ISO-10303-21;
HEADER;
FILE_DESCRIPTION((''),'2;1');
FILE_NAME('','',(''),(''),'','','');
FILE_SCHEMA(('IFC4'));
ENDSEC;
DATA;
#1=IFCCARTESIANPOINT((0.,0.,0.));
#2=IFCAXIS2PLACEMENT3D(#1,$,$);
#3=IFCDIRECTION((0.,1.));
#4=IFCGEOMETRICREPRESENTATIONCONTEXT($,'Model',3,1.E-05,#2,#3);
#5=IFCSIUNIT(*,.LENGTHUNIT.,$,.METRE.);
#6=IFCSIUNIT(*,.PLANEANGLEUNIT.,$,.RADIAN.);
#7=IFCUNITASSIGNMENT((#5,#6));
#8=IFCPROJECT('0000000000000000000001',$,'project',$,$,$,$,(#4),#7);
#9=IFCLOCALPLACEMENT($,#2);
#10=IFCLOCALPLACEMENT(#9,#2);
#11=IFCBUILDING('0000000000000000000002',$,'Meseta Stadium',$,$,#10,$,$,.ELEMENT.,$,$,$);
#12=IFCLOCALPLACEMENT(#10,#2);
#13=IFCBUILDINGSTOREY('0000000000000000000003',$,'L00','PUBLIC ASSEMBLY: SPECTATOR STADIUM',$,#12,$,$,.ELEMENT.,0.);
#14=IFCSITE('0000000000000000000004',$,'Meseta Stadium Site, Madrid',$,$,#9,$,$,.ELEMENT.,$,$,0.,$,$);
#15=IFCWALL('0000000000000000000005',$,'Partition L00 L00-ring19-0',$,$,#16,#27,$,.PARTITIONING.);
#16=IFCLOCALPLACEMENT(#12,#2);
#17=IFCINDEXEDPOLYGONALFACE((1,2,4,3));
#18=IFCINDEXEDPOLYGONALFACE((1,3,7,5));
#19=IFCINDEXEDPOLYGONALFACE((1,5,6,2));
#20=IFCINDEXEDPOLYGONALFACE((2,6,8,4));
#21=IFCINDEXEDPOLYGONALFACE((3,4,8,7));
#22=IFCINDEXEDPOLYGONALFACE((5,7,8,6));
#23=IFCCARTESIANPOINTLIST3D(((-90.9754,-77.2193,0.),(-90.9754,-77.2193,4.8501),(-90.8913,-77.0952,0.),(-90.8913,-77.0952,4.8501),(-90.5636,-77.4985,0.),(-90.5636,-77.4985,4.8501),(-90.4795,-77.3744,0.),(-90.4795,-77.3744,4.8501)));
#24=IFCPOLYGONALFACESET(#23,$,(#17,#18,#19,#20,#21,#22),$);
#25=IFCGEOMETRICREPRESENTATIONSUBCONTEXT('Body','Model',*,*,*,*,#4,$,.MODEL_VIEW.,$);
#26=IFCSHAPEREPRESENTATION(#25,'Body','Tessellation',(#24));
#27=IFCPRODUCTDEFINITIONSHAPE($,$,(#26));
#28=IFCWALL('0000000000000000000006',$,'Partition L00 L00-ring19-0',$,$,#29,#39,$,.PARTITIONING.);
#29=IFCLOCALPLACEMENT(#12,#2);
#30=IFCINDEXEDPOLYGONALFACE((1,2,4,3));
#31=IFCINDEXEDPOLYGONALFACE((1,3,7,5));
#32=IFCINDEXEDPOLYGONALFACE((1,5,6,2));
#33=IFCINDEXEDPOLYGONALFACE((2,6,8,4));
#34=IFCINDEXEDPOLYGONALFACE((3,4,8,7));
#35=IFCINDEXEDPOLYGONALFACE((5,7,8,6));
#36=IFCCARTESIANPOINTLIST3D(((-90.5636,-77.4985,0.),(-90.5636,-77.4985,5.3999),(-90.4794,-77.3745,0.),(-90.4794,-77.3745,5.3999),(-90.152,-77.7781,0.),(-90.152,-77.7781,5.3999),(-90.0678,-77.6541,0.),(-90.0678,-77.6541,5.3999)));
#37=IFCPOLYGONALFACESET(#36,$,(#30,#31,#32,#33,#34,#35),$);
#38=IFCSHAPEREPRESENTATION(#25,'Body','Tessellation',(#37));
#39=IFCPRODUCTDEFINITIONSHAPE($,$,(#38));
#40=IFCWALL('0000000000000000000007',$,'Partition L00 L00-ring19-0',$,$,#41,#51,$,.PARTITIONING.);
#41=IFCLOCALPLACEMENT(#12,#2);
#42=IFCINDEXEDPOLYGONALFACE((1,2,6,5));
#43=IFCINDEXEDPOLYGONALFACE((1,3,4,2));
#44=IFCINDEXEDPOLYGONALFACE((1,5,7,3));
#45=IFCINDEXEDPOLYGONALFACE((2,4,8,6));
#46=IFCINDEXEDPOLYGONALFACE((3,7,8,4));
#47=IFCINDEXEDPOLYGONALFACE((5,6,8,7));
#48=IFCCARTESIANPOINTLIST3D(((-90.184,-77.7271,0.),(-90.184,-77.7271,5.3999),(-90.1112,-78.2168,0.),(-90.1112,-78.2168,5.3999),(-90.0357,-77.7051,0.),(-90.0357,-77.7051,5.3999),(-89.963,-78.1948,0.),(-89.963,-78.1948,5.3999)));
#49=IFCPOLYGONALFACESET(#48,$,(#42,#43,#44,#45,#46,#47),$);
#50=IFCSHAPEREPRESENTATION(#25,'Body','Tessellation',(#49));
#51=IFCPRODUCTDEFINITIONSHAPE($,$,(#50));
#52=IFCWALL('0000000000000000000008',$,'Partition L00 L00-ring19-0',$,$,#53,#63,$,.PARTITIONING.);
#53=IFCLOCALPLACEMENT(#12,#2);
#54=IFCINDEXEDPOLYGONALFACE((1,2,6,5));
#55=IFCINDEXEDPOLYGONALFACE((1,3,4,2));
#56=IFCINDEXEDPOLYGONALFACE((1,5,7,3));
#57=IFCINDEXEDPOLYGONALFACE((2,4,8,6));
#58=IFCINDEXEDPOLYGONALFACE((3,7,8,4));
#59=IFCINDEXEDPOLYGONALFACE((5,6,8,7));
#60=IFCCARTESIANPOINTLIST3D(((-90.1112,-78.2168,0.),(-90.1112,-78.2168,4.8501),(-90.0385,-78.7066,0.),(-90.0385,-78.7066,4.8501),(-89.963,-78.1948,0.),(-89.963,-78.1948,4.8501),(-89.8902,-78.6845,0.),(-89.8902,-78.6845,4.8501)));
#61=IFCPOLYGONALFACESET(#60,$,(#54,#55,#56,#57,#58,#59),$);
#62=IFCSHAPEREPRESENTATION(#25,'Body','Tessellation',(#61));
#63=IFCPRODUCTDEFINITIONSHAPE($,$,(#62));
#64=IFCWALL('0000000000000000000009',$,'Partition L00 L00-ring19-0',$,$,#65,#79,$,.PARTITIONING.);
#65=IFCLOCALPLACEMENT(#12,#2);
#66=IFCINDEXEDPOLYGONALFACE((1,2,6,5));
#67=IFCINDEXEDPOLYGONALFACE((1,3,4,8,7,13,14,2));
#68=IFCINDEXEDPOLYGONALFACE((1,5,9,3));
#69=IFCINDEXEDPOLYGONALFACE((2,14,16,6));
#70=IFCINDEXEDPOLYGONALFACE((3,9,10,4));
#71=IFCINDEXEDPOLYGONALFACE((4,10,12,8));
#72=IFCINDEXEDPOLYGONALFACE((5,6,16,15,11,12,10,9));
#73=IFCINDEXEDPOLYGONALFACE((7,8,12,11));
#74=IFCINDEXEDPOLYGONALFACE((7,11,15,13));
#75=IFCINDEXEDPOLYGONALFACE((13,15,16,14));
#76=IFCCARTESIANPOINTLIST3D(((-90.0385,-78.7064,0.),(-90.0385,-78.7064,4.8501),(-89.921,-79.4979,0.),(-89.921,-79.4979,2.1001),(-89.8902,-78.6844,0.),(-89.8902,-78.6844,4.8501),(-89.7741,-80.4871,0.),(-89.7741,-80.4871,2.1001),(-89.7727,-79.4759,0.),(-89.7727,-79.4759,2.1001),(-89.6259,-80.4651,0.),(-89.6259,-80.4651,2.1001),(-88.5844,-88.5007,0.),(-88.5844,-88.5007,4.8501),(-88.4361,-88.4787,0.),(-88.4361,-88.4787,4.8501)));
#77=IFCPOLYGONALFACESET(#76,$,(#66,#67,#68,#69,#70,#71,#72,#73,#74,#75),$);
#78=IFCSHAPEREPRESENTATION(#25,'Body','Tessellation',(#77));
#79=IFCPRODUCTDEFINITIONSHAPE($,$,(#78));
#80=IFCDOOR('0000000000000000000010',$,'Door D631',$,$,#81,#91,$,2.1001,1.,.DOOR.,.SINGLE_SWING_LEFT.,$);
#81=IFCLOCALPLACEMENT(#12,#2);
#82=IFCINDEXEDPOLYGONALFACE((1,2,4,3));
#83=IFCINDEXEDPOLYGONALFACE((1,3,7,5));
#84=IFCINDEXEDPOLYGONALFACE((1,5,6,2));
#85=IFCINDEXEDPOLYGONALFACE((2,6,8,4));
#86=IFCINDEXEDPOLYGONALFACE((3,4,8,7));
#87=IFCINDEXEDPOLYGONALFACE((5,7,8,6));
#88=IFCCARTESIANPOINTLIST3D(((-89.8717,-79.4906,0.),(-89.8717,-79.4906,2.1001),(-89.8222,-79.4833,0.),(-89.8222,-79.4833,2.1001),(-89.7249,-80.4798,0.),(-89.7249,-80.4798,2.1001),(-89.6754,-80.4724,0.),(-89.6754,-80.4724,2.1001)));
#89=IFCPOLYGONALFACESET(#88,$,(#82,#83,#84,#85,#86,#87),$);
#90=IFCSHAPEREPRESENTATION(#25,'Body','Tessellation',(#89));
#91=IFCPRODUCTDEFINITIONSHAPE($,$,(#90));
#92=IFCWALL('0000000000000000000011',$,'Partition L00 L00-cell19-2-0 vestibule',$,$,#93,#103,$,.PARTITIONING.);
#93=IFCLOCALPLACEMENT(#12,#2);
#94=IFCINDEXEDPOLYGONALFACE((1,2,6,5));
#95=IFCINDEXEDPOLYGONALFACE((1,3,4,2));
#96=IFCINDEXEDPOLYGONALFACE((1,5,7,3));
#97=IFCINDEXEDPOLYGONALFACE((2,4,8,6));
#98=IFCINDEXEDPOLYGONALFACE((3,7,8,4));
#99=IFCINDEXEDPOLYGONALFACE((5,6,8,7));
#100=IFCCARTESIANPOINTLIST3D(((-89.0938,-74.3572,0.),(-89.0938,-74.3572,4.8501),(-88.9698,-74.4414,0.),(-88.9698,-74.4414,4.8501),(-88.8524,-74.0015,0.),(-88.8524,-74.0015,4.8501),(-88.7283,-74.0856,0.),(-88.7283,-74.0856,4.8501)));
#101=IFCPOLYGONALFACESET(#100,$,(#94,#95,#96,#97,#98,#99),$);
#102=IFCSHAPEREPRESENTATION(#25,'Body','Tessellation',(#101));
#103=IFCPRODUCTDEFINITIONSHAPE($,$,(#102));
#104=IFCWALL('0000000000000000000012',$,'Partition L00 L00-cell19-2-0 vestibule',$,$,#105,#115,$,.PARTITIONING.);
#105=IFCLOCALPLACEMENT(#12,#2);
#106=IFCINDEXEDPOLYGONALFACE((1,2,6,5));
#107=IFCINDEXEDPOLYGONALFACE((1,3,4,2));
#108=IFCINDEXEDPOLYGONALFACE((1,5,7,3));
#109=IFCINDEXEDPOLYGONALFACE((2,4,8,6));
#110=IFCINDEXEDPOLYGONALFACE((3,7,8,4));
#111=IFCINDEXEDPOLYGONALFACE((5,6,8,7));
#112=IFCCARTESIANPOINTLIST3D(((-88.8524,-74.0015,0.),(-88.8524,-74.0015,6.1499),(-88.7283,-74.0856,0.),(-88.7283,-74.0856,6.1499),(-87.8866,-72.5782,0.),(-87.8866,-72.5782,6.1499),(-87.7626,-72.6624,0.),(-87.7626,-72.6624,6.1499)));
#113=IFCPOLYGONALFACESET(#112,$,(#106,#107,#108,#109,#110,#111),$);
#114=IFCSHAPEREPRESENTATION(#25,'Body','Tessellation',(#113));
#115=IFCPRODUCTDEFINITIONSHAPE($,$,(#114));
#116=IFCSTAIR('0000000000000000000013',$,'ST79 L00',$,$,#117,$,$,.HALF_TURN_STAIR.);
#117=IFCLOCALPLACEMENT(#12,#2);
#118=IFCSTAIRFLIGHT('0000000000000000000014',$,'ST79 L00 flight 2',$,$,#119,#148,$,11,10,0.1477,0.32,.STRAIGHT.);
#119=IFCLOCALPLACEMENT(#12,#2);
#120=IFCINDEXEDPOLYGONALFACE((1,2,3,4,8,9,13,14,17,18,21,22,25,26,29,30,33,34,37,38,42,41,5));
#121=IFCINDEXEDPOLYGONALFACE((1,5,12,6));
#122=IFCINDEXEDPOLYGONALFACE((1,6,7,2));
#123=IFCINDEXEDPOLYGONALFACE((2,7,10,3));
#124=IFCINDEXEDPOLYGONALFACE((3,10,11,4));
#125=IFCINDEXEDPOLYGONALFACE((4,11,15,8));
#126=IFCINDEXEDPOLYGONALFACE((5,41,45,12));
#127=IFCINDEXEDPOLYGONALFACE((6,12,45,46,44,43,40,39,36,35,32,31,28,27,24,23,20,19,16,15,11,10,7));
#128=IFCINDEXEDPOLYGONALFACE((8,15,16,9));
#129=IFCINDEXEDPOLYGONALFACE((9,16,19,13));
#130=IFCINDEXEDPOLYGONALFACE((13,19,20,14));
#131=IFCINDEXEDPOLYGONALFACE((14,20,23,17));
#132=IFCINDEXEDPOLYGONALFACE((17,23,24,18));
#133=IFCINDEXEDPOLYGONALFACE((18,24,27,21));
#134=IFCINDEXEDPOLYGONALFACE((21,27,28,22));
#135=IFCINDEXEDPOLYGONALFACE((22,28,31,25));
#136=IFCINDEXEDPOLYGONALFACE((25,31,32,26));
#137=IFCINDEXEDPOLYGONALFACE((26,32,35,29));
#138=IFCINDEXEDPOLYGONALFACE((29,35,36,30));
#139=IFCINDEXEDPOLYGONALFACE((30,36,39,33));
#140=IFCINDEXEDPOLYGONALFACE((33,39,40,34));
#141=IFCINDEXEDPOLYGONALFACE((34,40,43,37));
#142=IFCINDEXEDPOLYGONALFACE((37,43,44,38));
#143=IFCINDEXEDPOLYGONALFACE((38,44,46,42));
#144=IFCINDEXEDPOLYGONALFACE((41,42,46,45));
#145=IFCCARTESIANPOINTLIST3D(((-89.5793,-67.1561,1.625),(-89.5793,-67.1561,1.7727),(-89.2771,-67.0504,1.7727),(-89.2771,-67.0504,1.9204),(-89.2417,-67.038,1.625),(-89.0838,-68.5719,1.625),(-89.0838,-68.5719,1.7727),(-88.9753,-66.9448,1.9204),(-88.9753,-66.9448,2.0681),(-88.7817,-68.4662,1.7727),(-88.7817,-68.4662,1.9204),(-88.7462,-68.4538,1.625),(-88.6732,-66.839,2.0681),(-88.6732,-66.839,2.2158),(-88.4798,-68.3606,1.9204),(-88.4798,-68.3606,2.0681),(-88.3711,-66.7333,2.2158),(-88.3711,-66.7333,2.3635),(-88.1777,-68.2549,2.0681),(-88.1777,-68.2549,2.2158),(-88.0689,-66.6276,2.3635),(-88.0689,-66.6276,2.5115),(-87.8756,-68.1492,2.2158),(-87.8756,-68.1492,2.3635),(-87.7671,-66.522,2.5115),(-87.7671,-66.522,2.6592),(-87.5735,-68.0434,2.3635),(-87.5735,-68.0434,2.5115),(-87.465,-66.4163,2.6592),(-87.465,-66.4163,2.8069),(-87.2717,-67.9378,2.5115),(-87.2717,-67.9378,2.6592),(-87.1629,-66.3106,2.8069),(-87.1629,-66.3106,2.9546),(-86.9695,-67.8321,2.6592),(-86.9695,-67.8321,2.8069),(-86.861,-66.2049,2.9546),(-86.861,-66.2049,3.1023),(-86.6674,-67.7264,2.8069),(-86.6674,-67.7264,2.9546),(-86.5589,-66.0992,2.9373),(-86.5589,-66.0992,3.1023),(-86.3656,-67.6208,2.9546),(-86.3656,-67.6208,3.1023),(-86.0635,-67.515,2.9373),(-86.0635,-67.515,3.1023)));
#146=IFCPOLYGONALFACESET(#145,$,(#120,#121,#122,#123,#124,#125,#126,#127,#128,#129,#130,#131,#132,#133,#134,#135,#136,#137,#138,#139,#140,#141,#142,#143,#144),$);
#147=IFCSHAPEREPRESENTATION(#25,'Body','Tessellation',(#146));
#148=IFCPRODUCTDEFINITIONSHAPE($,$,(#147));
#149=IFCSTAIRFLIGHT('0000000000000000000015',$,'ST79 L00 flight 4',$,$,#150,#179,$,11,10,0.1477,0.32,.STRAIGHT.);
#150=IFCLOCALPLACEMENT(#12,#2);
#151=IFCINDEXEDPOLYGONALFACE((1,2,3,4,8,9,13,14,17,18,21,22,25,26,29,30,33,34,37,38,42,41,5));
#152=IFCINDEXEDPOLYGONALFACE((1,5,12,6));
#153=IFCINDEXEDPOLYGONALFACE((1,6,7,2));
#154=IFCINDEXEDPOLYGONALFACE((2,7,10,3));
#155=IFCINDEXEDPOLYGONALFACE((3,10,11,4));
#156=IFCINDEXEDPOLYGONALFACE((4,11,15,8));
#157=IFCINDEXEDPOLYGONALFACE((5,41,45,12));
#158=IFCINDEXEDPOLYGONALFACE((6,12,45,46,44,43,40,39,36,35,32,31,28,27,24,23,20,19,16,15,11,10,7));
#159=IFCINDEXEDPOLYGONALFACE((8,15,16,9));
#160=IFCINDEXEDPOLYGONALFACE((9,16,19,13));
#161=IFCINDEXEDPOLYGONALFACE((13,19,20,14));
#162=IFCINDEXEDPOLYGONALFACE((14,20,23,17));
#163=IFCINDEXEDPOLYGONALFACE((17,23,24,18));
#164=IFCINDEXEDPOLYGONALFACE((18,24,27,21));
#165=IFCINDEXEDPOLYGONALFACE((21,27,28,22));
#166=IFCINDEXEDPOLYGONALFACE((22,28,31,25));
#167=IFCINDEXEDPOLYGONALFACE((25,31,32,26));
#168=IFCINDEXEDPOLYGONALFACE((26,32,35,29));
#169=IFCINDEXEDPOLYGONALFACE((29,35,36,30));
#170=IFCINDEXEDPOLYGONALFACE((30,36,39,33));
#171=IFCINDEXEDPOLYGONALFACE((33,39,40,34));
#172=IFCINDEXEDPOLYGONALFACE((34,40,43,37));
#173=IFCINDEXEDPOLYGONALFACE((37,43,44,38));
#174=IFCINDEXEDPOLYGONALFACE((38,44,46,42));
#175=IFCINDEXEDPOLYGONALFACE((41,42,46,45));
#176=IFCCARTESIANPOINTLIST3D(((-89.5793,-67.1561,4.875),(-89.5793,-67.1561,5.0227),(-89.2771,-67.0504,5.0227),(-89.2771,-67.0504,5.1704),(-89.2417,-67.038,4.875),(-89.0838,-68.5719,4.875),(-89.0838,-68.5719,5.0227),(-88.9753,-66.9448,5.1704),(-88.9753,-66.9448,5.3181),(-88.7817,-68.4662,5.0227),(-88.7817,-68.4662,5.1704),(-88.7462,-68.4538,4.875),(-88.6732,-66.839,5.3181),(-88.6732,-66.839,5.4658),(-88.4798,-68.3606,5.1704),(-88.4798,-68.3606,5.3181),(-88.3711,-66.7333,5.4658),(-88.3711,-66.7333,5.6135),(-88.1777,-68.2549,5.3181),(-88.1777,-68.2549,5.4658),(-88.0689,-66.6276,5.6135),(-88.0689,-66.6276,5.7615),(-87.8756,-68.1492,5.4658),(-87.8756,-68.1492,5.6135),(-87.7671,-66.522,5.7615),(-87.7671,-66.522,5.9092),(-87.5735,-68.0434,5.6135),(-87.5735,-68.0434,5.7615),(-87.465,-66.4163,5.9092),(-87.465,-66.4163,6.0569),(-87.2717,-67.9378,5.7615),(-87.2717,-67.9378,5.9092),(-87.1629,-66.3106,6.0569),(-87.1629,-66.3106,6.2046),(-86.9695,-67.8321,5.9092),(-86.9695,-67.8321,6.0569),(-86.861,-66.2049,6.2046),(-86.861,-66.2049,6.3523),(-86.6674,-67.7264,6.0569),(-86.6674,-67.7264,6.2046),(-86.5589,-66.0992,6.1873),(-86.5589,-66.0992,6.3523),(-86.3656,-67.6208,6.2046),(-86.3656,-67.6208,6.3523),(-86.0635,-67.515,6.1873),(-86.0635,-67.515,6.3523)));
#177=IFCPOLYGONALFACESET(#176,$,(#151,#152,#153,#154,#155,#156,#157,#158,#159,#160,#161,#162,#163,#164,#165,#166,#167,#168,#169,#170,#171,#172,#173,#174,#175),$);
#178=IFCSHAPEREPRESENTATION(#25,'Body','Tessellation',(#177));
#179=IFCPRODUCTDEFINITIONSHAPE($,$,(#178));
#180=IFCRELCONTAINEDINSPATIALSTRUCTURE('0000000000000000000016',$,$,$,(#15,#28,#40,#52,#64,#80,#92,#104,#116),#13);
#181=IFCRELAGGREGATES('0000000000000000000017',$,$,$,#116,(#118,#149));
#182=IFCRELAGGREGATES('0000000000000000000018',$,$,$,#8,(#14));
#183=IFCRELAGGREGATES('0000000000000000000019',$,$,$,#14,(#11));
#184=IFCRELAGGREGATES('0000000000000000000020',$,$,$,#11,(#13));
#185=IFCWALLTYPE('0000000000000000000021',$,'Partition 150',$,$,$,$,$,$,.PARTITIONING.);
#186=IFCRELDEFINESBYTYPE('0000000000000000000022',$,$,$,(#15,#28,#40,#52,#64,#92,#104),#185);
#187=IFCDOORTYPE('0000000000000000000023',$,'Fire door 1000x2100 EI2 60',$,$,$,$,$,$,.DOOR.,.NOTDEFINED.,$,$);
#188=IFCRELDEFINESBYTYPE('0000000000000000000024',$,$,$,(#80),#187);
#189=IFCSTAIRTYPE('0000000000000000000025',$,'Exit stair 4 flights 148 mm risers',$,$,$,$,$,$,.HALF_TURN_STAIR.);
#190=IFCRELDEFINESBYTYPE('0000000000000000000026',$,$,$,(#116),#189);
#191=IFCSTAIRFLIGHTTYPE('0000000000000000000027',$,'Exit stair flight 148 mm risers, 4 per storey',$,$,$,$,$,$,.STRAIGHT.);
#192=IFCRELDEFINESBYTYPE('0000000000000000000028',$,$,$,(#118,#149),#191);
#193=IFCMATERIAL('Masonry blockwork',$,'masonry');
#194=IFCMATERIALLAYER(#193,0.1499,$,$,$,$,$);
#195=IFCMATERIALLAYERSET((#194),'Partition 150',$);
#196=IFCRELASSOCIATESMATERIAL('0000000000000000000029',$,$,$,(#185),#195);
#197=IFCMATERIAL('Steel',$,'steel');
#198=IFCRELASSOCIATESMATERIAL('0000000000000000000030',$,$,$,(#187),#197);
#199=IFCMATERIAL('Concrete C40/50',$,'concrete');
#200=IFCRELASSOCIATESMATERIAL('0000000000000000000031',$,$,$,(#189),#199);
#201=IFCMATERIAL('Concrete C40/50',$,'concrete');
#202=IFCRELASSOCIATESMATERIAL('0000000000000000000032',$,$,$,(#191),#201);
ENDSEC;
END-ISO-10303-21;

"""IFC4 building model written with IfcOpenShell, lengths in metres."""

from ifc_helpers import new_model, si_unit, direction, frame, frame_2d, origin, place, context, subcontext, project, spatial, polyline, rectangle, outline, extrude, material, layer, layer_set, type_object, element, fill, aggregate, save


model = new_model("IFC4")

# Units and contexts
model_context = context("Model", 3, precision=1e-05, world=origin(), true_north=direction((0.0, 1.0)))
body_context = subcontext(model_context, "Body", "Model", "MODEL_VIEW")
ifc_project = project(units=[si_unit("LENGTHUNIT", "METRE"), si_unit("PLANEANGLEUNIT", "RADIAN")], contexts=[model_context])

# Site, building, storey
site_placement = place(None, origin())
site = spatial("IfcSite", under=ifc_project, at=site_placement, Name="Meseta Stadium Site, Madrid", CompositionType="ELEMENT", RefElevation=0.0)
building_placement = place(site_placement, origin())
building = spatial("IfcBuilding", under=site, at=building_placement, Name="Meseta Stadium", CompositionType="ELEMENT")
storey_placement = place(building_placement, origin())
storey = spatial("IfcBuildingStorey", under=building, at=storey_placement, Name="L00", Description="PUBLIC ASSEMBLY: SPECTATOR STADIUM", CompositionType="ELEMENT", Elevation=0.0)

# Walls
ifc_material_1 = material(Name="Masonry blockwork", Category="masonry")
ifc_layer_1 = layer(ifc_material_1, 0.1499)
ifc_layer_set_1 = layer_set([ifc_layer_1], Name="Partition 150")
wall_type_1 = type_object("IfcWallType", Name="Partition 150", PredefinedType="PARTITIONING", material=ifc_layer_set_1)
wall_1_placement = place(storey_placement, frame((-90.9333, -77.1572, 0.0), z_axis=(0.0, 0.0, 1.0), x_axis=(0.827647, -0.561249, 0.0)))
element("IfcWall", 1, at=wall_1_placement, inside=storey, type_object=wall_type_1, Name="Partition L00 L00-ring19-0", PredefinedType="PARTITIONING", context=body_context, shape_type="SweptSolid", body=[
    extrude(rectangle(XDim=0.4976, YDim=0.1499, at=frame_2d((0.2488, 0.0))), origin(), (0.0, 0.0, 1.0), 4.8501),
])
wall_2_placement = place(storey_placement, frame((-90.5215, -77.4365, 0.0), z_axis=(0.0, 0.0, 1.0), x_axis=(0.827264, -0.561813, 0.0)))
element("IfcWall", 2, at=wall_2_placement, inside=storey, type_object=wall_type_1, Name="Partition L00 L00-ring19-0", PredefinedType="PARTITIONING", context=body_context, shape_type="SweptSolid", body=[
    extrude(rectangle(XDim=0.4976, YDim=0.1499, at=frame_2d((0.2488, 0.0))), origin(), (0.0, 0.0, 1.0), 5.3999),
])
wall_3_placement = place(storey_placement, frame((-90.1099, -77.7161, 0.0), z_axis=(0.0, 0.0, 1.0), x_axis=(0.146942, -0.989145, 0.0)))
element("IfcWall", 3, at=wall_3_placement, inside=storey, type_object=wall_type_1, Name="Partition L00 L00-ring19-0", PredefinedType="PARTITIONING", context=body_context, shape_type="SweptSolid", body=[
    extrude(rectangle(XDim=0.4951, YDim=0.1499, at=frame_2d((0.2476, 0.0))), origin(), (0.0, 0.0, 1.0), 5.3999),
])
wall_4_placement = place(storey_placement, frame((-90.0371, -78.2058, 0.0), z_axis=(0.0, 0.0, 1.0), x_axis=(0.146942, -0.989145, 0.0)))
element("IfcWall", 4, at=wall_4_placement, inside=storey, type_object=wall_type_1, Name="Partition L00 L00-ring19-0", PredefinedType="PARTITIONING", context=body_context, shape_type="SweptSolid", body=[
    extrude(rectangle(XDim=0.4951, YDim=0.1499, at=frame_2d((0.2476, 0.0))), origin(), (0.0, 0.0, 1.0), 4.8501),
])

# Wall, opening, door
wall_5_placement = place(storey_placement, frame((-89.9644, -78.6956, 0.0), z_axis=(0.0, 0.0, 1.0), x_axis=(0.146856, -0.989158, 0.0)))
wall_5 = element("IfcWall", 5, at=wall_5_placement, inside=storey, type_object=wall_type_1, Name="Partition L00 L00-ring19-0", PredefinedType="PARTITIONING", context=body_context, shape_type="SweptSolid", body=[
    extrude(rectangle(XDim=9.9016, YDim=0.1499, at=frame_2d((4.9507, 0.0))), origin(), (0.0, 0.0, 1.0), 4.8501),
])
opening_placement = place(wall_5_placement, frame((0.8, 0.0, 0.0)))
opening = element("IfcOpeningElement", 6, at=opening_placement, cuts=wall_5, PredefinedType="OPENING", context=body_context, shape_type="SweptSolid", body=[
    extrude(rectangle(XDim=1.0, YDim=2.1001, at=frame_2d((0.5, 1.05))), frame((0.0, 0.085, 0.0), z_axis=(0.0, -1.0, 0.0), x_axis=(1.0, 0.0, 0.0)), (0.0, 0.0, 1.0), 0.1699),
])
ifc_material_2 = material(Name="Steel", Category="steel")
door_type = type_object("IfcDoorType", Name="Fire door 1000x2100 EI2 60", OperationType="NOTDEFINED", PredefinedType="DOOR", material=ifc_material_2)
door_placement = place(opening_placement, origin())
door = element("IfcDoor", 7, at=door_placement, inside=storey, type_object=door_type, Name="Door D631", OperationType="SINGLE_SWING_LEFT", OverallHeight=2.1001, OverallWidth=1.0, PredefinedType="DOOR", context=body_context, shape_type="SweptSolid", body=[
    extrude(rectangle(XDim=1.0, YDim=2.1001, at=frame_2d((0.5, 1.05))), frame((0.0, 0.0249, 0.0), z_axis=(0.0, -1.0, 0.0), x_axis=(1.0, 0.0, 0.0)), (0.0, 0.0, 1.0), 0.05),
])
fill(opening, door)

# Walls
wall_6_placement = place(storey_placement, frame((-89.0317, -74.3992, 0.0), z_axis=(0.0, 0.0, 1.0), x_axis=(0.561626, 0.827391, 0.0)))
element("IfcWall", 8, at=wall_6_placement, inside=storey, type_object=wall_type_1, Name="Partition L00 L00-cell19-2-0 vestibule", PredefinedType="PARTITIONING", context=body_context, shape_type="SweptSolid", body=[
    extrude(rectangle(XDim=0.4299, YDim=0.1499, at=frame_2d((0.2148, 0.0))), origin(), (0.0, 0.0, 1.0), 4.8501),
])
wall_7_placement = place(storey_placement, frame((-88.7903, -74.0435, 0.0), z_axis=(0.0, 0.0, 1.0), x_axis=(0.561494, 0.82748, 0.0)))
element("IfcWall", 9, at=wall_7_placement, inside=storey, type_object=wall_type_1, Name="Partition L00 L00-cell19-2-0 vestibule", PredefinedType="PARTITIONING", context=body_context, shape_type="SweptSolid", body=[
    extrude(rectangle(XDim=1.72, YDim=0.1499, at=frame_2d((0.8599, 0.0))), origin(), (0.0, 0.0, 1.0), 6.1499),
])

# Stair, stair flights
ifc_material_3 = material(Name="Concrete C40/50", Category="concrete")
stair_type = type_object("IfcStairType", Name="Exit stair 4 flights 148 mm risers", PredefinedType="HALF_TURN_STAIR", material=ifc_material_3)
stair_placement = place(storey_placement, origin())
stair = element("IfcStair", 10, at=stair_placement, inside=storey, type_object=stair_type, Name="ST79 L00", PredefinedType="HALF_TURN_STAIR")
ifc_material_4 = material(Name="Concrete C40/50", Category="concrete")
stair_flight_type = type_object("IfcStairFlightType", Name="Exit stair flight 148 mm risers, 4 per storey", PredefinedType="STRAIGHT", material=ifc_material_4)
stair_flight_1_placement = place(storey_placement, frame((-89.3315, -67.864, 1.625), z_axis=(0.0, 0.0, 1.0), x_axis=(0.943883, 0.330279, 0.0)))
stair_flight_1 = element("IfcStairFlight", 11, at=stair_flight_1_placement, type_object=stair_flight_type, Name="ST79 L00 flight 2", NumberOfRisers=11, NumberOfTreads=10, PredefinedType="STRAIGHT", RiserHeight=0.1477, TreadLength=0.32, context=body_context, shape_type="SweptSolid", body=[
    extrude(outline(polyline([(0.0, 0.0), (0.0, 0.1477), (0.3201, 0.1477), (0.3201, 0.2954), (0.6399, 0.2954), (0.6399, 0.4431), (0.96, 0.4431), (0.96, 0.5908), (1.28, 0.5908), (1.28, 0.7385), (1.6001, 0.7385), (1.6001, 0.8865), (1.9199, 0.8865), (1.9199, 1.0342), (2.24, 1.0342), (2.24, 1.1819), (2.5601, 1.1819), (2.5601, 1.3296), (2.8799, 1.3296), (2.8799, 1.4773), (3.2, 1.4773), (3.2, 1.3123), (0.3577, 0.0), (0.0, 0.0)])), frame((0.0, 0.75, 0.0), z_axis=(0.0, -1.0, 0.0), x_axis=(1.0, 0.0, 0.0)), (0.0, 0.0, 1.0), 1.5),
])
stair_flight_2_placement = place(storey_placement, frame((-89.3315, -67.864, 4.875), z_axis=(0.0, 0.0, 1.0), x_axis=(0.943883, 0.330279, 0.0)))
stair_flight_2 = element("IfcStairFlight", 12, at=stair_flight_2_placement, type_object=stair_flight_type, Name="ST79 L00 flight 4", NumberOfRisers=11, NumberOfTreads=10, PredefinedType="STRAIGHT", RiserHeight=0.1477, TreadLength=0.32, context=body_context, shape_type="SweptSolid", body=[
    extrude(outline(polyline([(0.0, 0.0), (0.0, 0.1477), (0.3201, 0.1477), (0.3201, 0.2954), (0.6399, 0.2954), (0.6399, 0.4431), (0.96, 0.4431), (0.96, 0.5908), (1.28, 0.5908), (1.28, 0.7385), (1.6001, 0.7385), (1.6001, 0.8865), (1.9199, 0.8865), (1.9199, 1.0342), (2.24, 1.0342), (2.24, 1.1819), (2.5601, 1.1819), (2.5601, 1.3296), (2.8799, 1.3296), (2.8799, 1.4773), (3.2, 1.4773), (3.2, 1.3123), (0.3577, 0.0), (0.0, 0.0)])), frame((0.0, 0.75, 0.0), z_axis=(0.0, -1.0, 0.0), x_axis=(1.0, 0.0, 0.0)), (0.0, 0.0, 1.0), 1.5),
])
aggregate(stair, [stair_flight_1, stair_flight_2])

save(model, "model.ifc")
